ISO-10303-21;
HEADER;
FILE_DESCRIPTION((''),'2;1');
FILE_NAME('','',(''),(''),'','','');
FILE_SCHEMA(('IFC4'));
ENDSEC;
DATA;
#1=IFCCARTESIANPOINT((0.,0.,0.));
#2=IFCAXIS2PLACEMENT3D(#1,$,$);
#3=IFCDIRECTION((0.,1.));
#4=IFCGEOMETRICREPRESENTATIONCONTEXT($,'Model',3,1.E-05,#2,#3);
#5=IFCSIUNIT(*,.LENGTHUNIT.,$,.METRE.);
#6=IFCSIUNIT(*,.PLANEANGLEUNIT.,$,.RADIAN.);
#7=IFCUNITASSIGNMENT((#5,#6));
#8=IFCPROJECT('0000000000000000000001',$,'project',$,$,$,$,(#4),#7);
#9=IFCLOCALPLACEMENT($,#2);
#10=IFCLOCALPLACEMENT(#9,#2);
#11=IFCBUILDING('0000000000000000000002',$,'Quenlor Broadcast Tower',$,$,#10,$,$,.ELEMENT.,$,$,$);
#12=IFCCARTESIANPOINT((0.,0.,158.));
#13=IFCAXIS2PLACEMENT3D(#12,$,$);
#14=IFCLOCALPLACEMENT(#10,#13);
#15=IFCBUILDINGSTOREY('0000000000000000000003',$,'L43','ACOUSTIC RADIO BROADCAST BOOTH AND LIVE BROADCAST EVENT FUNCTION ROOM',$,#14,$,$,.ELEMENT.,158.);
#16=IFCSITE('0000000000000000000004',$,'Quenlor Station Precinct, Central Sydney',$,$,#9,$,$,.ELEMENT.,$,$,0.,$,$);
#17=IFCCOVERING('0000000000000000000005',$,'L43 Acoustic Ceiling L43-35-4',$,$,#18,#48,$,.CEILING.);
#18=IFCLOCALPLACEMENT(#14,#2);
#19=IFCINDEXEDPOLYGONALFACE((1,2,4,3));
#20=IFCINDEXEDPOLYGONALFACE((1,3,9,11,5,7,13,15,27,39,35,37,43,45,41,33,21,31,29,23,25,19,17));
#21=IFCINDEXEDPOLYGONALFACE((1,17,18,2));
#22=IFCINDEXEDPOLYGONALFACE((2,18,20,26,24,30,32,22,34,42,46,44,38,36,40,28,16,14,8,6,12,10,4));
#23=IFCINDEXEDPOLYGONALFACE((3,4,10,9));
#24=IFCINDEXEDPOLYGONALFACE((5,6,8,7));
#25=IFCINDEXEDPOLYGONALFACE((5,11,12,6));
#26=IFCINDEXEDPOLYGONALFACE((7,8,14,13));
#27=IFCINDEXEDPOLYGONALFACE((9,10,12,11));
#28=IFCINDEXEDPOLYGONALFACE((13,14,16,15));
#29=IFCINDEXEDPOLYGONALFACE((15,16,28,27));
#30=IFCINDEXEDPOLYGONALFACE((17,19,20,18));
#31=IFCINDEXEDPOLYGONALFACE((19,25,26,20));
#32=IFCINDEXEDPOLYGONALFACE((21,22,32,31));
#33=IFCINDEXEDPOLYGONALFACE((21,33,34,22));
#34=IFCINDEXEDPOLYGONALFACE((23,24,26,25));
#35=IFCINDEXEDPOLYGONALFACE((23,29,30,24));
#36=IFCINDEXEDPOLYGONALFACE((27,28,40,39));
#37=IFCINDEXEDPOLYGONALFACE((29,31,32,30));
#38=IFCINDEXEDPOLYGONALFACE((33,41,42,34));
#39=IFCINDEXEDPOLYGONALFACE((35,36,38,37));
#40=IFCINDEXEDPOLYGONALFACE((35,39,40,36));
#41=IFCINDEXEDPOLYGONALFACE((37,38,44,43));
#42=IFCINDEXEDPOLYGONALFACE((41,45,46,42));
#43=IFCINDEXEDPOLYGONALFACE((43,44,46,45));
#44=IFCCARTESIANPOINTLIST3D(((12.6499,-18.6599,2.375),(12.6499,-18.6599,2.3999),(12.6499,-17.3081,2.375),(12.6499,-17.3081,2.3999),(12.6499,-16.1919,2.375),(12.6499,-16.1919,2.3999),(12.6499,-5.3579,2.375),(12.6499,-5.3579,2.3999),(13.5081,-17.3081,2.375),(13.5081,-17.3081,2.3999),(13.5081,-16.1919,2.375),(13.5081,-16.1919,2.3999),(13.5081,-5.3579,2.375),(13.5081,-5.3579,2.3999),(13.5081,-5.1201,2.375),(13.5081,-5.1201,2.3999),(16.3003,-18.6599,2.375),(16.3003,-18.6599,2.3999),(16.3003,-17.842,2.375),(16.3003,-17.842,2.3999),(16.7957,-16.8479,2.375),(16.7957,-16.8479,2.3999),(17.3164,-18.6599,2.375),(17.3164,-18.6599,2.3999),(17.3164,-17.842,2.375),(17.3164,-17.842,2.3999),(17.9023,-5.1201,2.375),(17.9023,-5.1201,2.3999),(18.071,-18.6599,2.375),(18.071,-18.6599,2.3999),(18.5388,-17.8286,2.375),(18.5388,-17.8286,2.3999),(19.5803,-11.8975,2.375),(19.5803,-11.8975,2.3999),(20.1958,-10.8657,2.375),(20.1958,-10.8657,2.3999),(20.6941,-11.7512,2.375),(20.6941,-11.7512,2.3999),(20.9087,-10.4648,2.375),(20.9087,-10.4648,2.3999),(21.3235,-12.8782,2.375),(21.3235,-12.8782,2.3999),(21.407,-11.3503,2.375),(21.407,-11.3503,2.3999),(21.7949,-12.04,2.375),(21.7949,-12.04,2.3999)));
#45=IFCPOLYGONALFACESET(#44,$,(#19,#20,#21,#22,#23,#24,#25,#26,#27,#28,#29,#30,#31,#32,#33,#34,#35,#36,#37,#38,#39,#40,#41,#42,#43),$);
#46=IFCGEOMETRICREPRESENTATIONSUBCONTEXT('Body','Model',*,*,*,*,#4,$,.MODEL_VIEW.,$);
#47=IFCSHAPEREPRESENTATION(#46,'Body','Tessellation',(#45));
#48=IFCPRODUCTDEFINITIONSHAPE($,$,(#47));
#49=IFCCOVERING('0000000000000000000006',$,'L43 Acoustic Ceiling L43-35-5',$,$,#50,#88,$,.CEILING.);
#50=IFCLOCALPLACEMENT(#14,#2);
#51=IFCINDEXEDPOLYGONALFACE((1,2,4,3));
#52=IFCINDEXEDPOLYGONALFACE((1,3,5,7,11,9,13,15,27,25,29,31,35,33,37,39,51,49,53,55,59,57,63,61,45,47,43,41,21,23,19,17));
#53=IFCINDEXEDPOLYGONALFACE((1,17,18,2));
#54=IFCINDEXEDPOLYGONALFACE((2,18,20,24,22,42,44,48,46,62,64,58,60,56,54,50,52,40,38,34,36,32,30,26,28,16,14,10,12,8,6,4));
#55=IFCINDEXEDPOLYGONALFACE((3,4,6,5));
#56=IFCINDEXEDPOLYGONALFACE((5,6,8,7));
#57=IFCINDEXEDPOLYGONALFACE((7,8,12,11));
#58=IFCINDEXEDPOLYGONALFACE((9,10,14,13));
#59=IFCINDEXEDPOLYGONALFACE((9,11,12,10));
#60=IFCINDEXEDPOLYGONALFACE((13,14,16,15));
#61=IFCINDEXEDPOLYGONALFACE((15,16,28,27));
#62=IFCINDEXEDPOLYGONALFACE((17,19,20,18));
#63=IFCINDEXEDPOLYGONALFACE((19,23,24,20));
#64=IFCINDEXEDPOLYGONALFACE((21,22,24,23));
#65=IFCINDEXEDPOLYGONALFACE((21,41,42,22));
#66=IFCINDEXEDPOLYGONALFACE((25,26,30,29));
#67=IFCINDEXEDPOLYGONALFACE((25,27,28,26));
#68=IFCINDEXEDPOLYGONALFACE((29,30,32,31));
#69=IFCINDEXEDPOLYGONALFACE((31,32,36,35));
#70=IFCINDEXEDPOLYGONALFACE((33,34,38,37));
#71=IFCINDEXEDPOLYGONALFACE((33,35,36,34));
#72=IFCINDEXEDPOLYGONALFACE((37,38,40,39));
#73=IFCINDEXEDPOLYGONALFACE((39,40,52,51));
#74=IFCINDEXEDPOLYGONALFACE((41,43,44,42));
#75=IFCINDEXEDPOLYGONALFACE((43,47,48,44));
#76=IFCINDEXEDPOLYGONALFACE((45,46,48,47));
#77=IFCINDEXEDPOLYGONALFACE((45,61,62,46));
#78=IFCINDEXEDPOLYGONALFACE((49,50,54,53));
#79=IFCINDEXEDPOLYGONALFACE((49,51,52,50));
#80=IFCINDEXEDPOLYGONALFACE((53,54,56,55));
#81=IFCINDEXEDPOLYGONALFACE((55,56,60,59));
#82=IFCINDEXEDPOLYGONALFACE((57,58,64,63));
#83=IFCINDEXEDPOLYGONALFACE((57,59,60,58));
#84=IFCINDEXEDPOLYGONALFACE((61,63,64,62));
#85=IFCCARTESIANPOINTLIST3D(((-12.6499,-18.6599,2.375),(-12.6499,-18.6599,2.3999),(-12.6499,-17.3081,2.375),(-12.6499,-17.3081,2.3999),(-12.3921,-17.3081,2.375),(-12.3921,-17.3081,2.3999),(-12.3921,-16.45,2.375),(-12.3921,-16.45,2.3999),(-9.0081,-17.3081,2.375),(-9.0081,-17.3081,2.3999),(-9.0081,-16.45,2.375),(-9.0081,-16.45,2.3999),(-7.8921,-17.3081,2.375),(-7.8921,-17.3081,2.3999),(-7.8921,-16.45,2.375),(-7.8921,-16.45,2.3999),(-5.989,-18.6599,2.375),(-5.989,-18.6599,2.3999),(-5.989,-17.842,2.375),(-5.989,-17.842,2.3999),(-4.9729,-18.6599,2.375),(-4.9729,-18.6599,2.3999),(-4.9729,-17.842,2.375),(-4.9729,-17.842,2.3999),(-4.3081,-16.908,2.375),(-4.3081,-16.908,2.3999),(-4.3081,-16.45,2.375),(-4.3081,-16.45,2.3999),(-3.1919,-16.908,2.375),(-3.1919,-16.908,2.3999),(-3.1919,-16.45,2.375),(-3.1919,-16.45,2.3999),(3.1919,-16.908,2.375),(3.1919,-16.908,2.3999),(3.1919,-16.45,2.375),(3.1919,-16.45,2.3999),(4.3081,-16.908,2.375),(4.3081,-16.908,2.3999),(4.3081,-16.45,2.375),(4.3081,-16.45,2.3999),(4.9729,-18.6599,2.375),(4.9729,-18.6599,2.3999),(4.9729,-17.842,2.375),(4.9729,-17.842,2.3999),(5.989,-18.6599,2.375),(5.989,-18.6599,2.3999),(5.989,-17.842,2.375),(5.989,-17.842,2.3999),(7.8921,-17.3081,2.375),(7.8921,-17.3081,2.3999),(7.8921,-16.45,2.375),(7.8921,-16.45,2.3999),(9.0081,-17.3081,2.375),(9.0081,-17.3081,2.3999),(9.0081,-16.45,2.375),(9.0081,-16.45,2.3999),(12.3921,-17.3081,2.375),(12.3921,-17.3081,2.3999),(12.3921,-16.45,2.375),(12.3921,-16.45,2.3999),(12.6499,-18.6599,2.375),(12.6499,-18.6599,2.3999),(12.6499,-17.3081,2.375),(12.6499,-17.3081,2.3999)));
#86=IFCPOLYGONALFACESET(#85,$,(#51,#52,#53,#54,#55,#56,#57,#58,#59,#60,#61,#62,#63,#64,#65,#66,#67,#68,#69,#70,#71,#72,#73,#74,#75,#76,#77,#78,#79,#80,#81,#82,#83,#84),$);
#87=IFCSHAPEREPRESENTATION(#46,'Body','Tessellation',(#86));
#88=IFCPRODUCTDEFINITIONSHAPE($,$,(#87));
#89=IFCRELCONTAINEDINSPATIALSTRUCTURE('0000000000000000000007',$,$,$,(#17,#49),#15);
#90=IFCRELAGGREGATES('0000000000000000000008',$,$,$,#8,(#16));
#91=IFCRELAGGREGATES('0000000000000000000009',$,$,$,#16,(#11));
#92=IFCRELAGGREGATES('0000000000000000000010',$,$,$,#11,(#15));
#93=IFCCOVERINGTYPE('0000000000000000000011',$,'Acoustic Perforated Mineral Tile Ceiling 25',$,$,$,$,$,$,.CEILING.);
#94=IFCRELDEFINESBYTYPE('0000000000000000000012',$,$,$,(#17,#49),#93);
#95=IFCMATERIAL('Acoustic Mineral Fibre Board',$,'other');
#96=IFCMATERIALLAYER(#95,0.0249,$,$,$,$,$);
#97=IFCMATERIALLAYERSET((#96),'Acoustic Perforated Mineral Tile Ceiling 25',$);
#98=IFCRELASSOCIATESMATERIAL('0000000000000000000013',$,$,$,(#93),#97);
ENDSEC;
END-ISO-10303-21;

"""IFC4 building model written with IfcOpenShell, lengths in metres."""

from ifc_helpers import new_model, si_unit, direction, frame, origin, place, context, subcontext, project, spatial, polyline, outline, extrude, material, layer, layer_set, type_object, element, save


model = new_model("IFC4")

# Units and contexts
model_context = context("Model", 3, precision=1e-05, world=origin(), true_north=direction((0.0, 1.0)))
body_context = subcontext(model_context, "Body", "Model", "MODEL_VIEW")
ifc_project = project(units=[si_unit("LENGTHUNIT", "METRE"), si_unit("PLANEANGLEUNIT", "RADIAN")], contexts=[model_context])

# Site, building, storey
site_placement = place(None, origin())
site = spatial("IfcSite", under=ifc_project, at=site_placement, Name="Quenlor Station Precinct, Central Sydney", CompositionType="ELEMENT", RefElevation=0.0)
building_placement = place(site_placement, origin())
building = spatial("IfcBuilding", under=site, at=building_placement, Name="Quenlor Broadcast Tower", CompositionType="ELEMENT")
storey_placement = place(building_placement, frame((0.0, 0.0, 158.0)))
storey = spatial("IfcBuildingStorey", under=building, at=storey_placement, Name="L43", Description="ACOUSTIC RADIO BROADCAST BOOTH AND LIVE BROADCAST EVENT FUNCTION ROOM", CompositionType="ELEMENT", Elevation=158.0)

# Coverings
ifc_material_1 = material(Name="Acoustic Mineral Fibre Board", Category="other")
ifc_layer_1 = layer(ifc_material_1, 0.0249)
ifc_layer_set_1 = layer_set([ifc_layer_1], Name="Acoustic Perforated Mineral Tile Ceiling 25")
covering_type = type_object("IfcCoveringType", Name="Acoustic Perforated Mineral Tile Ceiling 25", PredefinedType="CEILING", material=ifc_layer_set_1)
covering_1_placement = place(storey_placement, frame((0.0, 0.0, 2.375)))
element("IfcCovering", 1, at=covering_1_placement, inside=storey, type_object=covering_type, Name="L43 Acoustic Ceiling L43-35-4", PredefinedType="CEILING", context=body_context, shape_type="SweptSolid", body=[
    extrude(outline(polyline([(13.5081, -17.3081), (13.5081, -16.1919), (12.6499, -16.1919), (12.6499, -5.3579), (13.5081, -5.3579), (13.5081, -5.1201), (17.9023, -5.1201), (20.9087, -10.4648), (20.1958, -10.8657), (20.6941, -11.7512), (21.407, -11.3503), (21.7949, -12.04), (21.3235, -12.8782), (19.5803, -11.8975), (16.7957, -16.8479), (18.5388, -17.8286), (18.071, -18.6599), (17.3164, -18.6599), (17.3164, -17.842), (16.3003, -17.842), (16.3003, -18.6599), (12.6499, -18.6599), (12.6499, -17.3081), (13.5081, -17.3081)])), origin(), (0.0, 0.0, 1.0), 0.0249),
])
covering_2_placement = place(storey_placement, frame((0.0, 0.0, 2.375)))
element("IfcCovering", 2, at=covering_2_placement, inside=storey, type_object=covering_type, Name="L43 Acoustic Ceiling L43-35-5", PredefinedType="CEILING", context=body_context, shape_type="SweptSolid", body=[
    extrude(outline(polyline([(-12.3921, -17.3081), (-12.3921, -16.45), (-9.0081, -16.45), (-9.0081, -17.3081), (-7.8921, -17.3081), (-7.8921, -16.45), (-4.3081, -16.45), (-4.3081, -16.908), (-3.1919, -16.908), (-3.1919, -16.45), (3.1919, -16.45), (3.1919, -16.908), (4.3081, -16.908), (4.3081, -16.45), (7.8921, -16.45), (7.8921, -17.3081), (9.0081, -17.3081), (9.0081, -16.45), (12.3921, -16.45), (12.3921, -17.3081), (12.6499, -17.3081), (12.6499, -18.6599), (5.989, -18.6599), (5.989, -17.842), (4.9729, -17.842), (4.9729, -18.6599), (-4.9729, -18.6599), (-4.9729, -17.842), (-5.989, -17.842), (-5.989, -18.6599), (-12.6499, -18.6599), (-12.6499, -17.3081), (-12.3921, -17.3081)])), origin(), (0.0, 0.0, 1.0), 0.0249),
])

save(model, "model.ifc")
